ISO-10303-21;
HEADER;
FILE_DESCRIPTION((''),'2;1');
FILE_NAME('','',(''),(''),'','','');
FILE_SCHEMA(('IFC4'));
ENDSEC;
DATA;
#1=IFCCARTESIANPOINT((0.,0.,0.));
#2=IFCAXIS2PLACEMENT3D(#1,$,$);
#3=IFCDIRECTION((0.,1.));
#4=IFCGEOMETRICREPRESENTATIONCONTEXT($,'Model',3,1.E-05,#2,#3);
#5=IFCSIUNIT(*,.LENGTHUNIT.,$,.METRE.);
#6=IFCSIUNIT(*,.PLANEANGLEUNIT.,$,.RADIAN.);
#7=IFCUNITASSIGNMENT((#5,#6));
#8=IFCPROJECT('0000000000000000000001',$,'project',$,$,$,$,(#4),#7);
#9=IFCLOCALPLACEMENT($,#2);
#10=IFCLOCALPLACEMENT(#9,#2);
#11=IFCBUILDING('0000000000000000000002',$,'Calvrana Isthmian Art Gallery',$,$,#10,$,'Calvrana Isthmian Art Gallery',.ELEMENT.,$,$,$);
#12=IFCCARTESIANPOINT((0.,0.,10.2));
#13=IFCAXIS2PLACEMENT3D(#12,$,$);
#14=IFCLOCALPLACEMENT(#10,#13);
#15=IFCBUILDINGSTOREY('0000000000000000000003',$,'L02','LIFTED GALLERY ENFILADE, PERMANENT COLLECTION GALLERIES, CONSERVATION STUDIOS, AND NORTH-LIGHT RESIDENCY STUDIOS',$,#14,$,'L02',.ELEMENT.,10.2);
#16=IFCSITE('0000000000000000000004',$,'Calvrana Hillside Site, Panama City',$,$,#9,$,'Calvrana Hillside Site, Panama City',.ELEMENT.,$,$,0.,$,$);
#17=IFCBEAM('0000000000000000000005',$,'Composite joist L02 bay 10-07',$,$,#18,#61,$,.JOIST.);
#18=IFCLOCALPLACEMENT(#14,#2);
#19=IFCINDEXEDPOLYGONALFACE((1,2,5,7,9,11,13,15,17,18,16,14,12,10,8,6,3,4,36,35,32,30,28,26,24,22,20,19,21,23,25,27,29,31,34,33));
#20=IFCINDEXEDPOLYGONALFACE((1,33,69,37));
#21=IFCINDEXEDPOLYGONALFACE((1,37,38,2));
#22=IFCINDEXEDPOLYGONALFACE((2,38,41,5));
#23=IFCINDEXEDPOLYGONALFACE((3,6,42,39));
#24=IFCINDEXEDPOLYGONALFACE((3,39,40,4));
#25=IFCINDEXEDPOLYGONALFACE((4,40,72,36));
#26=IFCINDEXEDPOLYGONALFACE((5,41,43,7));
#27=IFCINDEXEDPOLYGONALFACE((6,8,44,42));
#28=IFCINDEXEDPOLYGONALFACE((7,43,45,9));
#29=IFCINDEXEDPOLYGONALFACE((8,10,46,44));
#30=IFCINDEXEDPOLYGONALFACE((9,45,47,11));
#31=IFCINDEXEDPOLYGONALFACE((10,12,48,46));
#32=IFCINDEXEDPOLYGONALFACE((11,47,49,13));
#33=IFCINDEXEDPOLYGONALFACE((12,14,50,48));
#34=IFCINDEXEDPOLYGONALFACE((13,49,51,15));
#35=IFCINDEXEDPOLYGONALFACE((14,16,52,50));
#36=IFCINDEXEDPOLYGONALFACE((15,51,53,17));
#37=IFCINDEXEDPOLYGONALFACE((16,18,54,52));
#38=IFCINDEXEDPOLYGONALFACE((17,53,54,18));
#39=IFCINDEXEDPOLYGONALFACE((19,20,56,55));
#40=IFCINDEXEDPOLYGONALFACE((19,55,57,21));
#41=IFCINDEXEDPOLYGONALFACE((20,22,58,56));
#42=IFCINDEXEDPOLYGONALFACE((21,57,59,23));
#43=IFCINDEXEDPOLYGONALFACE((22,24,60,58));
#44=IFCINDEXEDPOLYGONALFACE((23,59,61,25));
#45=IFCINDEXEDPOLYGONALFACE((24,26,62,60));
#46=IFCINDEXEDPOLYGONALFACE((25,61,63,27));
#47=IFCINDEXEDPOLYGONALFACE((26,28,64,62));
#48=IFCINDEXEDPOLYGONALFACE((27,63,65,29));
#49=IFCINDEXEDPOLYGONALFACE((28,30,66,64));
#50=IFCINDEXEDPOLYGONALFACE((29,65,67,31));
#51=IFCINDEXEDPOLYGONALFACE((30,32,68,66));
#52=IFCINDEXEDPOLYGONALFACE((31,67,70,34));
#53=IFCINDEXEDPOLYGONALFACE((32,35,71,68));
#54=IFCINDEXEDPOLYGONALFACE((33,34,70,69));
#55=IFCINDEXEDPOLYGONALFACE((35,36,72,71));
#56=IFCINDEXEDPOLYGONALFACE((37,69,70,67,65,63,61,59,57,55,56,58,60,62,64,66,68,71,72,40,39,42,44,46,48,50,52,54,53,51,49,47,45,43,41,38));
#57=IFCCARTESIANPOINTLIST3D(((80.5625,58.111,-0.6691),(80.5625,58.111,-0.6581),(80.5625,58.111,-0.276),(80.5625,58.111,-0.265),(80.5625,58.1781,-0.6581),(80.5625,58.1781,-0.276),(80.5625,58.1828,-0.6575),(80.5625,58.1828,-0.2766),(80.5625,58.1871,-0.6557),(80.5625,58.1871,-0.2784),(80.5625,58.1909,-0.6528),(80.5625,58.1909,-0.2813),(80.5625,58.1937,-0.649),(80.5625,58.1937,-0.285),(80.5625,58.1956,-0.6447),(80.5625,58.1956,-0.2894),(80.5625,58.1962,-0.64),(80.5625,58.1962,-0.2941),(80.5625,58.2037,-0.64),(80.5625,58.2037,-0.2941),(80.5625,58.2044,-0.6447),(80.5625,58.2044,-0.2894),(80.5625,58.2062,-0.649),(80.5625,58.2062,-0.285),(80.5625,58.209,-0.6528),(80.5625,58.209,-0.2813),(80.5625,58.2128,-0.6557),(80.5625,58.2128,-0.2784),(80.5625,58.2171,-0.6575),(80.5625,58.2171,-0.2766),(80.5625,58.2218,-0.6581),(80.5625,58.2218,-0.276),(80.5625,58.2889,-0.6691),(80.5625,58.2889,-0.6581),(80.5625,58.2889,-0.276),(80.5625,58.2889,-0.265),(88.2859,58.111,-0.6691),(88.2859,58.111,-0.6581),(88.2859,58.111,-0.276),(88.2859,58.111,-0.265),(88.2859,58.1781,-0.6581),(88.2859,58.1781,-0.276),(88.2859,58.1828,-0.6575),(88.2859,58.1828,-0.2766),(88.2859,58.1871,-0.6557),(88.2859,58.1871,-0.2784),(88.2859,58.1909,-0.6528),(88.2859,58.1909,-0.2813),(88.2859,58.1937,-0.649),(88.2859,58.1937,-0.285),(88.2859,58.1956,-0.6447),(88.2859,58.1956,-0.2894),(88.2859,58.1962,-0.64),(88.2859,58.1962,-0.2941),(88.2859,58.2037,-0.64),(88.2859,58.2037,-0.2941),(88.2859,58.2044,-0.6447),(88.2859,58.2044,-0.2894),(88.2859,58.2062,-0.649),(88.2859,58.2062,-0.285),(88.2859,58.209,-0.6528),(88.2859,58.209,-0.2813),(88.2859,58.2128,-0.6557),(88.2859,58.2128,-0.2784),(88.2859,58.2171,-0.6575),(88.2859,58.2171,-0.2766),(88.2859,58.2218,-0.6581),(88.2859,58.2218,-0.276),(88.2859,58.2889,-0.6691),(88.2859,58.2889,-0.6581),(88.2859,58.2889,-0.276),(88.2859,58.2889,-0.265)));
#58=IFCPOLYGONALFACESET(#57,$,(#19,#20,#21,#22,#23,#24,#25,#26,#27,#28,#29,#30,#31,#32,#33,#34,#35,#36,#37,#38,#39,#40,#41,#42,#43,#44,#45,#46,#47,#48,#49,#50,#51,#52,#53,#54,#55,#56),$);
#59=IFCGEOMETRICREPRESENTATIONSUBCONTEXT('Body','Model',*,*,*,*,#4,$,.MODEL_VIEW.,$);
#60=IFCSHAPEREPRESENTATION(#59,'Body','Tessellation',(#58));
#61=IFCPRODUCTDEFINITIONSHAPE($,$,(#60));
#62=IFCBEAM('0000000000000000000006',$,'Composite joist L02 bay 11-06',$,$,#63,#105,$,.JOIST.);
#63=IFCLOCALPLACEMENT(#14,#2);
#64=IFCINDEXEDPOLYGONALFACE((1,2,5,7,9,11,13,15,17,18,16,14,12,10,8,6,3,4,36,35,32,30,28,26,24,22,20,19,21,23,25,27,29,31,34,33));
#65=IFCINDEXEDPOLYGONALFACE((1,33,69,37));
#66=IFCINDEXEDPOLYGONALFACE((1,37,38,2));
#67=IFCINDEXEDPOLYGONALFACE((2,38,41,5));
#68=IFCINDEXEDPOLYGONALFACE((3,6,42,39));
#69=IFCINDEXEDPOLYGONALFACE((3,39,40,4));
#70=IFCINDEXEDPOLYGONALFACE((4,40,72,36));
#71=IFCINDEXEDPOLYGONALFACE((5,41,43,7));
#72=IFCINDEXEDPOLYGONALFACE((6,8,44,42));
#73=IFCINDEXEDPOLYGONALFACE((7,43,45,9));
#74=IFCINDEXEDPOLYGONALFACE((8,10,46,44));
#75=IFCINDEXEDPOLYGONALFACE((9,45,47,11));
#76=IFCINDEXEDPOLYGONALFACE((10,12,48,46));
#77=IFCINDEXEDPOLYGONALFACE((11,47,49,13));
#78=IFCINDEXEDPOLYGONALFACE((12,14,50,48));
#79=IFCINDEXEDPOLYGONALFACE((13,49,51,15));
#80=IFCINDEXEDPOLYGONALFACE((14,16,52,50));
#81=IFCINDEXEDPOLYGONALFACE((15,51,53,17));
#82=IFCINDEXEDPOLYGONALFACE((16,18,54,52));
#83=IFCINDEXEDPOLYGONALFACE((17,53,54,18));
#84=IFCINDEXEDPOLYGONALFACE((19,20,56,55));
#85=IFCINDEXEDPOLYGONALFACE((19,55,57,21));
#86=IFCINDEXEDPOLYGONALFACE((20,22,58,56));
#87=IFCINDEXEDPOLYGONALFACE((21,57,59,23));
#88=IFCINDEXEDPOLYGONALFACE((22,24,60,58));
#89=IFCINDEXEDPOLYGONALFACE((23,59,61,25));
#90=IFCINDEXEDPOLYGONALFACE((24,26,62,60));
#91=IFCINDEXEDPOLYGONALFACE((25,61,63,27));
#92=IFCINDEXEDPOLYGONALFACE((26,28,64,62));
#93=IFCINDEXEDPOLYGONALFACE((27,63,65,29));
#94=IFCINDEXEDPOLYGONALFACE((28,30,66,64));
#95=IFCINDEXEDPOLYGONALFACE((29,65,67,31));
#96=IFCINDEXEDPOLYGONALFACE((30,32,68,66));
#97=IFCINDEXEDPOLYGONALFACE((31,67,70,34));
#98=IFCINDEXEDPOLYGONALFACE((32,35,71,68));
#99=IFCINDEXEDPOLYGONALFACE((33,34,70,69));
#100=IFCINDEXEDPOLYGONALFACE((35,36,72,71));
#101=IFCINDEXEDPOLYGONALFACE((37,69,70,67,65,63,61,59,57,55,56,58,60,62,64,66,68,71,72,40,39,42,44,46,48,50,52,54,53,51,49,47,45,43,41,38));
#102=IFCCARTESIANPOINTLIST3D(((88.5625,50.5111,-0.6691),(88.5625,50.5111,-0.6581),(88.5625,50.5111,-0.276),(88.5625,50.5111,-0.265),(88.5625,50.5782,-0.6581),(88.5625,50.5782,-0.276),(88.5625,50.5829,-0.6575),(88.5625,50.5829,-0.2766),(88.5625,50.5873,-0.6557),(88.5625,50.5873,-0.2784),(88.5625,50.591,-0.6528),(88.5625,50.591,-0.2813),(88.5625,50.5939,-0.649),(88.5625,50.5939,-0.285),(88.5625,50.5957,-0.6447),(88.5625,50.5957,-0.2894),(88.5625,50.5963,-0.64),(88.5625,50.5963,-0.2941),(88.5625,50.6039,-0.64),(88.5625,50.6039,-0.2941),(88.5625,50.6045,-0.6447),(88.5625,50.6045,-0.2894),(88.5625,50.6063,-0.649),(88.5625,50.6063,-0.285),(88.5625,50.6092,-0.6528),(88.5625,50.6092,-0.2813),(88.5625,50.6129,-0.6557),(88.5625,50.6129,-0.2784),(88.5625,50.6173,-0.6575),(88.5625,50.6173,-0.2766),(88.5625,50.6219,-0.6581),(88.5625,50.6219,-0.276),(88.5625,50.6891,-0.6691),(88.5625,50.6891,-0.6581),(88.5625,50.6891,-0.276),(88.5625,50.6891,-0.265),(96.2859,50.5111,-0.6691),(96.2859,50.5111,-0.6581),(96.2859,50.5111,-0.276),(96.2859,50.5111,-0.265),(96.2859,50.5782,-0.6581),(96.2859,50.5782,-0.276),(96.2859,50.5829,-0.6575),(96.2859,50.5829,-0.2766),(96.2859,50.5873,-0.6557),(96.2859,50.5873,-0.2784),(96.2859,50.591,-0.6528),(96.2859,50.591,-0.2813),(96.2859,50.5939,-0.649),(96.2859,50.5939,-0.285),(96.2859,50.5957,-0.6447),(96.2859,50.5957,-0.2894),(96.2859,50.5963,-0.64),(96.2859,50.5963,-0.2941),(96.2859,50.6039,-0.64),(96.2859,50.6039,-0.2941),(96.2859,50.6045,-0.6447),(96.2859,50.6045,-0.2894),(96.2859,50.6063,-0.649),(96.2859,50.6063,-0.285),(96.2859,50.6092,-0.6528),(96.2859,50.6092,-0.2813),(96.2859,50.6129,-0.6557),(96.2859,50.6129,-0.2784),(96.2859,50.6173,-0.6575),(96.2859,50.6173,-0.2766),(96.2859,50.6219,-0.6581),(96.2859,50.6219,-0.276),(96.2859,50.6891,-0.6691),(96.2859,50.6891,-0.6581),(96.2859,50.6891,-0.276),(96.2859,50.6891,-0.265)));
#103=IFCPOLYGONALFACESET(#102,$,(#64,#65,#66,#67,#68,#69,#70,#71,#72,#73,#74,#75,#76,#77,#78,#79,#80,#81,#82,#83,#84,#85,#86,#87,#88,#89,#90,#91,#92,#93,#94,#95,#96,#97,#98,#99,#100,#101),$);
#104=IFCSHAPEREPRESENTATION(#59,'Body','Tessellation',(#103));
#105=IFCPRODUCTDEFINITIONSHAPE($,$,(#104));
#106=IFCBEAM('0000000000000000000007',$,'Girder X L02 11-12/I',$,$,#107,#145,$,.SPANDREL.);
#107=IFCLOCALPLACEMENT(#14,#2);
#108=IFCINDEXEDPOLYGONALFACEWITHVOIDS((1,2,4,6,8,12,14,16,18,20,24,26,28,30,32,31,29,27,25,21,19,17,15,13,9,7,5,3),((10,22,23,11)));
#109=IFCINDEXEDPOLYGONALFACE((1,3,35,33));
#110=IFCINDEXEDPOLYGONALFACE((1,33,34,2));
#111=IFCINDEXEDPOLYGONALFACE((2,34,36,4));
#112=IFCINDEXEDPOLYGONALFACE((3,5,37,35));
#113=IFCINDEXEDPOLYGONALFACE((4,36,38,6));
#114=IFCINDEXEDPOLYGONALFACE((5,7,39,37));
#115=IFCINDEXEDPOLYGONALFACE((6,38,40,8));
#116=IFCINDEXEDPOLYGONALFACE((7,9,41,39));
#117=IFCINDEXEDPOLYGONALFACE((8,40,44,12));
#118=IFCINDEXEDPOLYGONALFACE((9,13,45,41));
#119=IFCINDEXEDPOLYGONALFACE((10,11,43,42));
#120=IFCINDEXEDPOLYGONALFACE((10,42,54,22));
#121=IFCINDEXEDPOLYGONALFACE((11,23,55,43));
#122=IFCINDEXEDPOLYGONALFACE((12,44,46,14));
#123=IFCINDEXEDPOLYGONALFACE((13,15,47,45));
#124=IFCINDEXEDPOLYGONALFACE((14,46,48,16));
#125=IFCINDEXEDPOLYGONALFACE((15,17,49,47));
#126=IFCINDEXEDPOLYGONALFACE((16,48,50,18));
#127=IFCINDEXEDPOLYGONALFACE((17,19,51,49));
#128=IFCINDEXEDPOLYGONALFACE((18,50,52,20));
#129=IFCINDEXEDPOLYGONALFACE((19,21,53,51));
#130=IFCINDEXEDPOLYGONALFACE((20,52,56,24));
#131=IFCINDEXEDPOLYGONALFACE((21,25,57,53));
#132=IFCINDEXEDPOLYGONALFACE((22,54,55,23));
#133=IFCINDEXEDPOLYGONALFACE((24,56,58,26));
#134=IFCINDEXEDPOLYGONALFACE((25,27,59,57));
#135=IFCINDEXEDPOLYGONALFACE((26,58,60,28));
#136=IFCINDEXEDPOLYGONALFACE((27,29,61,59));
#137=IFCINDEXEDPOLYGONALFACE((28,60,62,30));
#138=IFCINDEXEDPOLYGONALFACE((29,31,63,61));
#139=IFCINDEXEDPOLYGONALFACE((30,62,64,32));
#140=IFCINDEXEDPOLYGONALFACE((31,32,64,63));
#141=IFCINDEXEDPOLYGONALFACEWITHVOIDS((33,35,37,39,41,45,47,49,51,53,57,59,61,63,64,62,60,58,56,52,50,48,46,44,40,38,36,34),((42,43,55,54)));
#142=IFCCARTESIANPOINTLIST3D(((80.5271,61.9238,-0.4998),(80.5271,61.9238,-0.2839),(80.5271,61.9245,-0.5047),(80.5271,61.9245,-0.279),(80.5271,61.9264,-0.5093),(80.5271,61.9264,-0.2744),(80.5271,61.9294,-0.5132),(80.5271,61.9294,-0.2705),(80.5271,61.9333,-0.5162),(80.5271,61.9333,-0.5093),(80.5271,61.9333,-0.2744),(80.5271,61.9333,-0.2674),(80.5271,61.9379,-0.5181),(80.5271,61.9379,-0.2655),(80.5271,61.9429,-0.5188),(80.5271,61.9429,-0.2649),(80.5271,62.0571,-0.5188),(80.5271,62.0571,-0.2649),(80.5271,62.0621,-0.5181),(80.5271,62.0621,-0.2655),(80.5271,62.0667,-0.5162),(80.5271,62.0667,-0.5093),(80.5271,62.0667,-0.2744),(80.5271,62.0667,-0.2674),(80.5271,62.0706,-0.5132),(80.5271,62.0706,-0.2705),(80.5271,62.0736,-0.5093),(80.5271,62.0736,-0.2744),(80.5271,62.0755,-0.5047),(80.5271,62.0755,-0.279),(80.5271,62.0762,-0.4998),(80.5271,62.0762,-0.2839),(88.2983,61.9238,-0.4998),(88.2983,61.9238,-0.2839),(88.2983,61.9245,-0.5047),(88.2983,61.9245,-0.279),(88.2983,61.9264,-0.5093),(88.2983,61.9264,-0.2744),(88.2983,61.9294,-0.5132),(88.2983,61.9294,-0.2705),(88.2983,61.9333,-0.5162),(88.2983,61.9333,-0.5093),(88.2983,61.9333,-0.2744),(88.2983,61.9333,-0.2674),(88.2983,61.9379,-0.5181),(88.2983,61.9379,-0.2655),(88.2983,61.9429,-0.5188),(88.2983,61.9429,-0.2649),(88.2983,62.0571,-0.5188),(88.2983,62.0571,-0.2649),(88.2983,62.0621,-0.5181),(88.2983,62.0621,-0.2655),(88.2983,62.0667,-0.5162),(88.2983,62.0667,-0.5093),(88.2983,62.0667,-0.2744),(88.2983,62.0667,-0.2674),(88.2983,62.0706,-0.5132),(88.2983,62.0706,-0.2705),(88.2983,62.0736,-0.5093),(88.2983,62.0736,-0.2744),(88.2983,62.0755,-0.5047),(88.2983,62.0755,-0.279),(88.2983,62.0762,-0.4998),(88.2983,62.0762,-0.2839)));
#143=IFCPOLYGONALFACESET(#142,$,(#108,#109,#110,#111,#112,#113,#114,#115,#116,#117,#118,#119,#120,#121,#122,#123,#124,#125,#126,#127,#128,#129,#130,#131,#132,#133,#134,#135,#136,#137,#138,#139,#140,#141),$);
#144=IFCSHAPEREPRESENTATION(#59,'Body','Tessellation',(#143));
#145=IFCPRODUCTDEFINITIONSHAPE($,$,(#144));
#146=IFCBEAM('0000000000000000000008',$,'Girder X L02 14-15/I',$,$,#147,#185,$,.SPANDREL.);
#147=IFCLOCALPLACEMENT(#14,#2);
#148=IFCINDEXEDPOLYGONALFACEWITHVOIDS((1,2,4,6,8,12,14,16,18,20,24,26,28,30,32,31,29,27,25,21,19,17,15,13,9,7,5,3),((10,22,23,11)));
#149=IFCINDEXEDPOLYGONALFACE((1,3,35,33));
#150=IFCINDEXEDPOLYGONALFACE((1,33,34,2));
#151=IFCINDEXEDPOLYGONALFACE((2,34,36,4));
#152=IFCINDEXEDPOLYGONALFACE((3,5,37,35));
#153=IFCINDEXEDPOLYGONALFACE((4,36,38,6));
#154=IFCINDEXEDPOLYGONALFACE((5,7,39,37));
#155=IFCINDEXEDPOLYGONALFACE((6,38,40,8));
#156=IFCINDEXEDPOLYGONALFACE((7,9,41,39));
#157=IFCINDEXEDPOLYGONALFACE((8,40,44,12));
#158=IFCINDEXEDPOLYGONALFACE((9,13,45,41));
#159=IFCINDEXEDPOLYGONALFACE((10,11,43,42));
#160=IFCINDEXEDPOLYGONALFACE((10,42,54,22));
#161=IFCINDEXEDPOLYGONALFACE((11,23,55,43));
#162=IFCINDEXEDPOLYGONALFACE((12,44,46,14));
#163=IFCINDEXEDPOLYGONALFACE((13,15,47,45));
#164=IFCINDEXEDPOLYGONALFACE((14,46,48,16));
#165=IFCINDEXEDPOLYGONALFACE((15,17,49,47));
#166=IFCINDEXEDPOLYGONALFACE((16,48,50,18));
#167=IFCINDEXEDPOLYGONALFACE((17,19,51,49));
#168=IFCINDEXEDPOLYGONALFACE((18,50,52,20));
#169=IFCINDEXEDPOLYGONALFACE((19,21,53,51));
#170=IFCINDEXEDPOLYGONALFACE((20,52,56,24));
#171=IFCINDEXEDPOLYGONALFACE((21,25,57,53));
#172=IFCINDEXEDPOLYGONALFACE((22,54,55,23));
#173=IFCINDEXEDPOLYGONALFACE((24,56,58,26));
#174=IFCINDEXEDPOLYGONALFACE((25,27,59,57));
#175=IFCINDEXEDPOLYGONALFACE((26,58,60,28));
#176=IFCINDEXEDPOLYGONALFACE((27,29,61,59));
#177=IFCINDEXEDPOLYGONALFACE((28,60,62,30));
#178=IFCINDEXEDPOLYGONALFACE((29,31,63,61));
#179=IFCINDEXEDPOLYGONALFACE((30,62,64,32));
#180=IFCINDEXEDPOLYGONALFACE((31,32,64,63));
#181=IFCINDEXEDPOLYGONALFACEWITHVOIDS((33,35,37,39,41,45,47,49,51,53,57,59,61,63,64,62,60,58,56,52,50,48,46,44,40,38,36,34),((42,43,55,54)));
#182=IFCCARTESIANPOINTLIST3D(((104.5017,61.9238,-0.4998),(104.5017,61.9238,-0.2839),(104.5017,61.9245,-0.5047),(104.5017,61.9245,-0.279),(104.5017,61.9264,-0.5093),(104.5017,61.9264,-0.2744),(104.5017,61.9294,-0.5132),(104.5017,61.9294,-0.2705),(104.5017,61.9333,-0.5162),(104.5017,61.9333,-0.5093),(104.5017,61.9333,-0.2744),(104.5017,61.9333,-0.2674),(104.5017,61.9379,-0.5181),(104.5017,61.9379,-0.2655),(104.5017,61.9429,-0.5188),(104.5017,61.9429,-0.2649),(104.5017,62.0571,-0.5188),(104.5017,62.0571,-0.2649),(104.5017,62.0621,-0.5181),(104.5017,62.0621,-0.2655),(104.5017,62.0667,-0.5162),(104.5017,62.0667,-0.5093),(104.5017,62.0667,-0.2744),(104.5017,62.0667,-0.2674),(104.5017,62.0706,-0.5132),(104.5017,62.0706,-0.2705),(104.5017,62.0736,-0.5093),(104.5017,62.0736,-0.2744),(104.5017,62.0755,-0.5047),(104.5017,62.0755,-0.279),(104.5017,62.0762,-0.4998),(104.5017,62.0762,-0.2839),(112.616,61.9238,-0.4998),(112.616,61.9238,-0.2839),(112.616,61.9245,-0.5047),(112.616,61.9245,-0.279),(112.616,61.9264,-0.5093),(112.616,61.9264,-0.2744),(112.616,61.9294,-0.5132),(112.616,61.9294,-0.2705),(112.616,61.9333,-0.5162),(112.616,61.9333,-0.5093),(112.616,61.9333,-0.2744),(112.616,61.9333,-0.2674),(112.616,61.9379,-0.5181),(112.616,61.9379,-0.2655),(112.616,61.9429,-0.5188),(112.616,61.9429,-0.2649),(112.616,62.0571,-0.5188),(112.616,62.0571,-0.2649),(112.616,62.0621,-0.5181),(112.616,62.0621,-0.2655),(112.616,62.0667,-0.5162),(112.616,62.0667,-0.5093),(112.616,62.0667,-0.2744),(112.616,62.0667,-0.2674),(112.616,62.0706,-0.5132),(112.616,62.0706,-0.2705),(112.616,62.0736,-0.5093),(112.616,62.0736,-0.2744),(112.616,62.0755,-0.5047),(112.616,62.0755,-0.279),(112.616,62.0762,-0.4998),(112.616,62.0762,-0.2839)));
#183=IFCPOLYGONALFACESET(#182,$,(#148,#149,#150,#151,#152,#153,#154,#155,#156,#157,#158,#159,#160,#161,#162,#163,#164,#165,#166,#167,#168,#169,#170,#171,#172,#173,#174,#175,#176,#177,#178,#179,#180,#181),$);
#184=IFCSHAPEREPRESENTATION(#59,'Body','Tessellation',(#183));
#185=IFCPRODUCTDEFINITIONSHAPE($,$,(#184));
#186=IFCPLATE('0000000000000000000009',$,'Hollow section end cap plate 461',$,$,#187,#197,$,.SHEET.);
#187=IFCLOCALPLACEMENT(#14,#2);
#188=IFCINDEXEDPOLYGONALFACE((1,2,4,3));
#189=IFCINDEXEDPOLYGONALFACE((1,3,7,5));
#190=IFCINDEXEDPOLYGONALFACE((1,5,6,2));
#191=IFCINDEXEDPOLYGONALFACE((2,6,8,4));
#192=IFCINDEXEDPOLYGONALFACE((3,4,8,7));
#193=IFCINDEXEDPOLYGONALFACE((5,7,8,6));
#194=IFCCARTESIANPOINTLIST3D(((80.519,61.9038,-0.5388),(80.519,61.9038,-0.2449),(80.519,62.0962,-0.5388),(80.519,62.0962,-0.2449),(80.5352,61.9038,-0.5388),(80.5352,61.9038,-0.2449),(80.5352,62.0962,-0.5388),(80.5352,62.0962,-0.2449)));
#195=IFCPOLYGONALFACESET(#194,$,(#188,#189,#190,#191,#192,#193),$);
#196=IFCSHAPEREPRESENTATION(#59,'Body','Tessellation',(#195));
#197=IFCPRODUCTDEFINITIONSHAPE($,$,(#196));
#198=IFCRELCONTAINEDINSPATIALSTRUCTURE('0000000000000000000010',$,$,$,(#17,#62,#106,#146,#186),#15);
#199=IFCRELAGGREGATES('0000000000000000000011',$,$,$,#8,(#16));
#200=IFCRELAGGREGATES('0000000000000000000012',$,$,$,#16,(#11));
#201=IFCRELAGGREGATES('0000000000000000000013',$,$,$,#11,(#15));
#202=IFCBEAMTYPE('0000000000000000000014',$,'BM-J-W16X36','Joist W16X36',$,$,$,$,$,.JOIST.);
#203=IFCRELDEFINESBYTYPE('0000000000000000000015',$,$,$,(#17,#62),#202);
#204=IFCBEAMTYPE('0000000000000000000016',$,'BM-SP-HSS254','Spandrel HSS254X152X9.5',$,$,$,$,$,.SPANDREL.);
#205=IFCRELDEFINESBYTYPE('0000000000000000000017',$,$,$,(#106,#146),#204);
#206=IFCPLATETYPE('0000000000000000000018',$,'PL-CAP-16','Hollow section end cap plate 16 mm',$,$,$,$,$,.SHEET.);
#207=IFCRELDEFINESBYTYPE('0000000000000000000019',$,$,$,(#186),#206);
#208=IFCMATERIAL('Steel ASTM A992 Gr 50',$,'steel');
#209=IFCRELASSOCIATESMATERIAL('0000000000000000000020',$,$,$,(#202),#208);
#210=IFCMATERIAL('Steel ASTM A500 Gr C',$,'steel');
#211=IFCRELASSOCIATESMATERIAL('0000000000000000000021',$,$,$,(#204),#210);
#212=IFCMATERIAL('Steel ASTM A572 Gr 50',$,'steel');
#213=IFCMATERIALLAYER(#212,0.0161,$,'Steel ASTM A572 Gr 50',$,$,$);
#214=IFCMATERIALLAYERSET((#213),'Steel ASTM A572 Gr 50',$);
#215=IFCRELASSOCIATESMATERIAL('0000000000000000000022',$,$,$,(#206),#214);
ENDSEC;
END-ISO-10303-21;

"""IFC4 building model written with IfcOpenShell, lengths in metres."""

from ifc_helpers import new_model, si_unit, direction, frame, origin, origin_2d, place, context, subcontext, project, spatial, rectangle, hollow_rectangle, i_section, extrude, material, layer, layer_set, material_profile, profile_set, type_object, element, save


model = new_model("IFC4")

# Units and contexts
model_context = context("Model", 3, precision=1e-05, world=origin(), true_north=direction((0.0, 1.0)))
body_context = subcontext(model_context, "Body", "Model", "MODEL_VIEW")
ifc_project = project(units=[si_unit("LENGTHUNIT", "METRE"), si_unit("PLANEANGLEUNIT", "RADIAN")], contexts=[model_context])

# Site, building, storey
site_placement = place(None, origin())
site = spatial("IfcSite", under=ifc_project, at=site_placement, Name="Calvrana Hillside Site, Panama City", LongName="Calvrana Hillside Site, Panama City", CompositionType="ELEMENT", RefElevation=0.0)
building_placement = place(site_placement, origin())
building = spatial("IfcBuilding", under=site, at=building_placement, Name="Calvrana Isthmian Art Gallery", LongName="Calvrana Isthmian Art Gallery", CompositionType="ELEMENT")
storey_placement = place(building_placement, frame((0.0, 0.0, 10.2)))
storey = spatial("IfcBuildingStorey", under=building, at=storey_placement, Name="L02", Description="LIFTED GALLERY ENFILADE, PERMANENT COLLECTION GALLERIES, CONSERVATION STUDIOS, AND NORTH-LIGHT RESIDENCY STUDIOS", LongName="L02", CompositionType="ELEMENT", Elevation=10.2)

# Shared definitions
ifc_material_1 = material(Name="Steel ASTM A992 Gr 50", Category="steel")

# Beams
ifc_material_profile_1 = material_profile(ifc_material_1, i_section(OverallWidth=0.178, OverallDepth=0.4041, WebThickness=0.0076, FlangeThickness=0.011, FilletRadius=0.0181, at=origin_2d()), Name="W16X36")
ifc_profile_set_1 = profile_set([ifc_material_profile_1], Name="Steel ASTM A992 Gr 50")
beam_type_1 = type_object("IfcBeamType", Name="BM-J-W16X36", Description="Joist W16X36", PredefinedType="JOIST", material=ifc_profile_set_1)
for number, where, z_axis, x_axis, name in (
    (1, (80.5625, 58.2, -0.467), (1.0, 0.0, 0.0), (0.0, 1.0, 0.0), "Composite joist L02 bay 10-07"),
    (2, (88.5625, 50.6001, -0.467), (1.0, 0.0, 0.0), (0.0, 1.0, 0.0), "Composite joist L02 bay 11-06"),
):
    element("IfcBeam", number, at=place(storey_placement, frame(where, z_axis=z_axis, x_axis=x_axis)), inside=storey, type_object=beam_type_1, Name=name, PredefinedType="JOIST", context=body_context, shape_type="SweptSolid", body=[
        extrude(i_section(OverallWidth=0.178, OverallDepth=0.4041, WebThickness=0.0076, FlangeThickness=0.011, FilletRadius=0.0181, at=origin_2d()), origin(), (0.0, 0.0, 1.0), 7.7234),
    ])
ifc_material_2 = material(Name="Steel ASTM A500 Gr C", Category="steel")
ifc_material_profile_2 = material_profile(ifc_material_2, hollow_rectangle(XDim=0.1523, YDim=0.2539, WallThickness=0.0095, OuterFilletRadius=0.019, at=origin_2d()), Name="HSS254X152X9.5")
ifc_profile_set_2 = profile_set([ifc_material_profile_2], Name="Steel ASTM A500 Gr C")
beam_type_2 = type_object("IfcBeamType", Name="BM-SP-HSS254", Description="Spandrel HSS254X152X9.5", PredefinedType="SPANDREL", material=ifc_profile_set_2)
beam_1_placement = place(storey_placement, frame((80.5271, 62.0, -0.3918), z_axis=(1.0, 0.0, 0.0), x_axis=(0.0, 1.0, 0.0)))
element("IfcBeam", 3, at=beam_1_placement, inside=storey, type_object=beam_type_2, Name="Girder X L02 11-12/I", PredefinedType="SPANDREL", context=body_context, shape_type="SweptSolid", body=[
    extrude(hollow_rectangle(XDim=0.1523, YDim=0.2539, WallThickness=0.0095, OuterFilletRadius=0.019, at=origin_2d()), origin(), (0.0, 0.0, 1.0), 7.7712),
])
beam_2_placement = place(storey_placement, frame((104.5017, 62.0, -0.3918), z_axis=(1.0, 0.0, 0.0), x_axis=(0.0, 1.0, 0.0)))
element("IfcBeam", 4, at=beam_2_placement, inside=storey, type_object=beam_type_2, Name="Girder X L02 14-15/I", PredefinedType="SPANDREL", context=body_context, shape_type="SweptSolid", body=[
    extrude(hollow_rectangle(XDim=0.1523, YDim=0.2539, WallThickness=0.0095, OuterFilletRadius=0.019, at=origin_2d()), origin(), (0.0, 0.0, 1.0), 8.1143),
])

# Plate
ifc_material_3 = material(Name="Steel ASTM A572 Gr 50", Category="steel")
ifc_layer = layer(ifc_material_3, 0.0161, Name="Steel ASTM A572 Gr 50")
ifc_layer_set = layer_set([ifc_layer], Name="Steel ASTM A572 Gr 50")
plate_type = type_object("IfcPlateType", Name="PL-CAP-16", Description="Hollow section end cap plate 16 mm", PredefinedType="SHEET", material=ifc_layer_set)
for number, where, z_axis, x_axis, name in (
    (5, (80.5271, 62.0, -0.5388), (0.0, 0.0, 1.0), (1.0, 0.0, 0.0), "Hollow section end cap plate 461"),
):
    element("IfcPlate", number, at=place(storey_placement, frame(where, z_axis=z_axis, x_axis=x_axis)), inside=storey, type_object=plate_type, Name=name, PredefinedType="SHEET", context=body_context, shape_type="SweptSolid", body=[
        extrude(rectangle(XDim=0.0161, YDim=0.1924, at=origin_2d()), origin(), (0.0, 0.0, 1.0), 0.2939),
    ])

save(model, "model.ifc")
